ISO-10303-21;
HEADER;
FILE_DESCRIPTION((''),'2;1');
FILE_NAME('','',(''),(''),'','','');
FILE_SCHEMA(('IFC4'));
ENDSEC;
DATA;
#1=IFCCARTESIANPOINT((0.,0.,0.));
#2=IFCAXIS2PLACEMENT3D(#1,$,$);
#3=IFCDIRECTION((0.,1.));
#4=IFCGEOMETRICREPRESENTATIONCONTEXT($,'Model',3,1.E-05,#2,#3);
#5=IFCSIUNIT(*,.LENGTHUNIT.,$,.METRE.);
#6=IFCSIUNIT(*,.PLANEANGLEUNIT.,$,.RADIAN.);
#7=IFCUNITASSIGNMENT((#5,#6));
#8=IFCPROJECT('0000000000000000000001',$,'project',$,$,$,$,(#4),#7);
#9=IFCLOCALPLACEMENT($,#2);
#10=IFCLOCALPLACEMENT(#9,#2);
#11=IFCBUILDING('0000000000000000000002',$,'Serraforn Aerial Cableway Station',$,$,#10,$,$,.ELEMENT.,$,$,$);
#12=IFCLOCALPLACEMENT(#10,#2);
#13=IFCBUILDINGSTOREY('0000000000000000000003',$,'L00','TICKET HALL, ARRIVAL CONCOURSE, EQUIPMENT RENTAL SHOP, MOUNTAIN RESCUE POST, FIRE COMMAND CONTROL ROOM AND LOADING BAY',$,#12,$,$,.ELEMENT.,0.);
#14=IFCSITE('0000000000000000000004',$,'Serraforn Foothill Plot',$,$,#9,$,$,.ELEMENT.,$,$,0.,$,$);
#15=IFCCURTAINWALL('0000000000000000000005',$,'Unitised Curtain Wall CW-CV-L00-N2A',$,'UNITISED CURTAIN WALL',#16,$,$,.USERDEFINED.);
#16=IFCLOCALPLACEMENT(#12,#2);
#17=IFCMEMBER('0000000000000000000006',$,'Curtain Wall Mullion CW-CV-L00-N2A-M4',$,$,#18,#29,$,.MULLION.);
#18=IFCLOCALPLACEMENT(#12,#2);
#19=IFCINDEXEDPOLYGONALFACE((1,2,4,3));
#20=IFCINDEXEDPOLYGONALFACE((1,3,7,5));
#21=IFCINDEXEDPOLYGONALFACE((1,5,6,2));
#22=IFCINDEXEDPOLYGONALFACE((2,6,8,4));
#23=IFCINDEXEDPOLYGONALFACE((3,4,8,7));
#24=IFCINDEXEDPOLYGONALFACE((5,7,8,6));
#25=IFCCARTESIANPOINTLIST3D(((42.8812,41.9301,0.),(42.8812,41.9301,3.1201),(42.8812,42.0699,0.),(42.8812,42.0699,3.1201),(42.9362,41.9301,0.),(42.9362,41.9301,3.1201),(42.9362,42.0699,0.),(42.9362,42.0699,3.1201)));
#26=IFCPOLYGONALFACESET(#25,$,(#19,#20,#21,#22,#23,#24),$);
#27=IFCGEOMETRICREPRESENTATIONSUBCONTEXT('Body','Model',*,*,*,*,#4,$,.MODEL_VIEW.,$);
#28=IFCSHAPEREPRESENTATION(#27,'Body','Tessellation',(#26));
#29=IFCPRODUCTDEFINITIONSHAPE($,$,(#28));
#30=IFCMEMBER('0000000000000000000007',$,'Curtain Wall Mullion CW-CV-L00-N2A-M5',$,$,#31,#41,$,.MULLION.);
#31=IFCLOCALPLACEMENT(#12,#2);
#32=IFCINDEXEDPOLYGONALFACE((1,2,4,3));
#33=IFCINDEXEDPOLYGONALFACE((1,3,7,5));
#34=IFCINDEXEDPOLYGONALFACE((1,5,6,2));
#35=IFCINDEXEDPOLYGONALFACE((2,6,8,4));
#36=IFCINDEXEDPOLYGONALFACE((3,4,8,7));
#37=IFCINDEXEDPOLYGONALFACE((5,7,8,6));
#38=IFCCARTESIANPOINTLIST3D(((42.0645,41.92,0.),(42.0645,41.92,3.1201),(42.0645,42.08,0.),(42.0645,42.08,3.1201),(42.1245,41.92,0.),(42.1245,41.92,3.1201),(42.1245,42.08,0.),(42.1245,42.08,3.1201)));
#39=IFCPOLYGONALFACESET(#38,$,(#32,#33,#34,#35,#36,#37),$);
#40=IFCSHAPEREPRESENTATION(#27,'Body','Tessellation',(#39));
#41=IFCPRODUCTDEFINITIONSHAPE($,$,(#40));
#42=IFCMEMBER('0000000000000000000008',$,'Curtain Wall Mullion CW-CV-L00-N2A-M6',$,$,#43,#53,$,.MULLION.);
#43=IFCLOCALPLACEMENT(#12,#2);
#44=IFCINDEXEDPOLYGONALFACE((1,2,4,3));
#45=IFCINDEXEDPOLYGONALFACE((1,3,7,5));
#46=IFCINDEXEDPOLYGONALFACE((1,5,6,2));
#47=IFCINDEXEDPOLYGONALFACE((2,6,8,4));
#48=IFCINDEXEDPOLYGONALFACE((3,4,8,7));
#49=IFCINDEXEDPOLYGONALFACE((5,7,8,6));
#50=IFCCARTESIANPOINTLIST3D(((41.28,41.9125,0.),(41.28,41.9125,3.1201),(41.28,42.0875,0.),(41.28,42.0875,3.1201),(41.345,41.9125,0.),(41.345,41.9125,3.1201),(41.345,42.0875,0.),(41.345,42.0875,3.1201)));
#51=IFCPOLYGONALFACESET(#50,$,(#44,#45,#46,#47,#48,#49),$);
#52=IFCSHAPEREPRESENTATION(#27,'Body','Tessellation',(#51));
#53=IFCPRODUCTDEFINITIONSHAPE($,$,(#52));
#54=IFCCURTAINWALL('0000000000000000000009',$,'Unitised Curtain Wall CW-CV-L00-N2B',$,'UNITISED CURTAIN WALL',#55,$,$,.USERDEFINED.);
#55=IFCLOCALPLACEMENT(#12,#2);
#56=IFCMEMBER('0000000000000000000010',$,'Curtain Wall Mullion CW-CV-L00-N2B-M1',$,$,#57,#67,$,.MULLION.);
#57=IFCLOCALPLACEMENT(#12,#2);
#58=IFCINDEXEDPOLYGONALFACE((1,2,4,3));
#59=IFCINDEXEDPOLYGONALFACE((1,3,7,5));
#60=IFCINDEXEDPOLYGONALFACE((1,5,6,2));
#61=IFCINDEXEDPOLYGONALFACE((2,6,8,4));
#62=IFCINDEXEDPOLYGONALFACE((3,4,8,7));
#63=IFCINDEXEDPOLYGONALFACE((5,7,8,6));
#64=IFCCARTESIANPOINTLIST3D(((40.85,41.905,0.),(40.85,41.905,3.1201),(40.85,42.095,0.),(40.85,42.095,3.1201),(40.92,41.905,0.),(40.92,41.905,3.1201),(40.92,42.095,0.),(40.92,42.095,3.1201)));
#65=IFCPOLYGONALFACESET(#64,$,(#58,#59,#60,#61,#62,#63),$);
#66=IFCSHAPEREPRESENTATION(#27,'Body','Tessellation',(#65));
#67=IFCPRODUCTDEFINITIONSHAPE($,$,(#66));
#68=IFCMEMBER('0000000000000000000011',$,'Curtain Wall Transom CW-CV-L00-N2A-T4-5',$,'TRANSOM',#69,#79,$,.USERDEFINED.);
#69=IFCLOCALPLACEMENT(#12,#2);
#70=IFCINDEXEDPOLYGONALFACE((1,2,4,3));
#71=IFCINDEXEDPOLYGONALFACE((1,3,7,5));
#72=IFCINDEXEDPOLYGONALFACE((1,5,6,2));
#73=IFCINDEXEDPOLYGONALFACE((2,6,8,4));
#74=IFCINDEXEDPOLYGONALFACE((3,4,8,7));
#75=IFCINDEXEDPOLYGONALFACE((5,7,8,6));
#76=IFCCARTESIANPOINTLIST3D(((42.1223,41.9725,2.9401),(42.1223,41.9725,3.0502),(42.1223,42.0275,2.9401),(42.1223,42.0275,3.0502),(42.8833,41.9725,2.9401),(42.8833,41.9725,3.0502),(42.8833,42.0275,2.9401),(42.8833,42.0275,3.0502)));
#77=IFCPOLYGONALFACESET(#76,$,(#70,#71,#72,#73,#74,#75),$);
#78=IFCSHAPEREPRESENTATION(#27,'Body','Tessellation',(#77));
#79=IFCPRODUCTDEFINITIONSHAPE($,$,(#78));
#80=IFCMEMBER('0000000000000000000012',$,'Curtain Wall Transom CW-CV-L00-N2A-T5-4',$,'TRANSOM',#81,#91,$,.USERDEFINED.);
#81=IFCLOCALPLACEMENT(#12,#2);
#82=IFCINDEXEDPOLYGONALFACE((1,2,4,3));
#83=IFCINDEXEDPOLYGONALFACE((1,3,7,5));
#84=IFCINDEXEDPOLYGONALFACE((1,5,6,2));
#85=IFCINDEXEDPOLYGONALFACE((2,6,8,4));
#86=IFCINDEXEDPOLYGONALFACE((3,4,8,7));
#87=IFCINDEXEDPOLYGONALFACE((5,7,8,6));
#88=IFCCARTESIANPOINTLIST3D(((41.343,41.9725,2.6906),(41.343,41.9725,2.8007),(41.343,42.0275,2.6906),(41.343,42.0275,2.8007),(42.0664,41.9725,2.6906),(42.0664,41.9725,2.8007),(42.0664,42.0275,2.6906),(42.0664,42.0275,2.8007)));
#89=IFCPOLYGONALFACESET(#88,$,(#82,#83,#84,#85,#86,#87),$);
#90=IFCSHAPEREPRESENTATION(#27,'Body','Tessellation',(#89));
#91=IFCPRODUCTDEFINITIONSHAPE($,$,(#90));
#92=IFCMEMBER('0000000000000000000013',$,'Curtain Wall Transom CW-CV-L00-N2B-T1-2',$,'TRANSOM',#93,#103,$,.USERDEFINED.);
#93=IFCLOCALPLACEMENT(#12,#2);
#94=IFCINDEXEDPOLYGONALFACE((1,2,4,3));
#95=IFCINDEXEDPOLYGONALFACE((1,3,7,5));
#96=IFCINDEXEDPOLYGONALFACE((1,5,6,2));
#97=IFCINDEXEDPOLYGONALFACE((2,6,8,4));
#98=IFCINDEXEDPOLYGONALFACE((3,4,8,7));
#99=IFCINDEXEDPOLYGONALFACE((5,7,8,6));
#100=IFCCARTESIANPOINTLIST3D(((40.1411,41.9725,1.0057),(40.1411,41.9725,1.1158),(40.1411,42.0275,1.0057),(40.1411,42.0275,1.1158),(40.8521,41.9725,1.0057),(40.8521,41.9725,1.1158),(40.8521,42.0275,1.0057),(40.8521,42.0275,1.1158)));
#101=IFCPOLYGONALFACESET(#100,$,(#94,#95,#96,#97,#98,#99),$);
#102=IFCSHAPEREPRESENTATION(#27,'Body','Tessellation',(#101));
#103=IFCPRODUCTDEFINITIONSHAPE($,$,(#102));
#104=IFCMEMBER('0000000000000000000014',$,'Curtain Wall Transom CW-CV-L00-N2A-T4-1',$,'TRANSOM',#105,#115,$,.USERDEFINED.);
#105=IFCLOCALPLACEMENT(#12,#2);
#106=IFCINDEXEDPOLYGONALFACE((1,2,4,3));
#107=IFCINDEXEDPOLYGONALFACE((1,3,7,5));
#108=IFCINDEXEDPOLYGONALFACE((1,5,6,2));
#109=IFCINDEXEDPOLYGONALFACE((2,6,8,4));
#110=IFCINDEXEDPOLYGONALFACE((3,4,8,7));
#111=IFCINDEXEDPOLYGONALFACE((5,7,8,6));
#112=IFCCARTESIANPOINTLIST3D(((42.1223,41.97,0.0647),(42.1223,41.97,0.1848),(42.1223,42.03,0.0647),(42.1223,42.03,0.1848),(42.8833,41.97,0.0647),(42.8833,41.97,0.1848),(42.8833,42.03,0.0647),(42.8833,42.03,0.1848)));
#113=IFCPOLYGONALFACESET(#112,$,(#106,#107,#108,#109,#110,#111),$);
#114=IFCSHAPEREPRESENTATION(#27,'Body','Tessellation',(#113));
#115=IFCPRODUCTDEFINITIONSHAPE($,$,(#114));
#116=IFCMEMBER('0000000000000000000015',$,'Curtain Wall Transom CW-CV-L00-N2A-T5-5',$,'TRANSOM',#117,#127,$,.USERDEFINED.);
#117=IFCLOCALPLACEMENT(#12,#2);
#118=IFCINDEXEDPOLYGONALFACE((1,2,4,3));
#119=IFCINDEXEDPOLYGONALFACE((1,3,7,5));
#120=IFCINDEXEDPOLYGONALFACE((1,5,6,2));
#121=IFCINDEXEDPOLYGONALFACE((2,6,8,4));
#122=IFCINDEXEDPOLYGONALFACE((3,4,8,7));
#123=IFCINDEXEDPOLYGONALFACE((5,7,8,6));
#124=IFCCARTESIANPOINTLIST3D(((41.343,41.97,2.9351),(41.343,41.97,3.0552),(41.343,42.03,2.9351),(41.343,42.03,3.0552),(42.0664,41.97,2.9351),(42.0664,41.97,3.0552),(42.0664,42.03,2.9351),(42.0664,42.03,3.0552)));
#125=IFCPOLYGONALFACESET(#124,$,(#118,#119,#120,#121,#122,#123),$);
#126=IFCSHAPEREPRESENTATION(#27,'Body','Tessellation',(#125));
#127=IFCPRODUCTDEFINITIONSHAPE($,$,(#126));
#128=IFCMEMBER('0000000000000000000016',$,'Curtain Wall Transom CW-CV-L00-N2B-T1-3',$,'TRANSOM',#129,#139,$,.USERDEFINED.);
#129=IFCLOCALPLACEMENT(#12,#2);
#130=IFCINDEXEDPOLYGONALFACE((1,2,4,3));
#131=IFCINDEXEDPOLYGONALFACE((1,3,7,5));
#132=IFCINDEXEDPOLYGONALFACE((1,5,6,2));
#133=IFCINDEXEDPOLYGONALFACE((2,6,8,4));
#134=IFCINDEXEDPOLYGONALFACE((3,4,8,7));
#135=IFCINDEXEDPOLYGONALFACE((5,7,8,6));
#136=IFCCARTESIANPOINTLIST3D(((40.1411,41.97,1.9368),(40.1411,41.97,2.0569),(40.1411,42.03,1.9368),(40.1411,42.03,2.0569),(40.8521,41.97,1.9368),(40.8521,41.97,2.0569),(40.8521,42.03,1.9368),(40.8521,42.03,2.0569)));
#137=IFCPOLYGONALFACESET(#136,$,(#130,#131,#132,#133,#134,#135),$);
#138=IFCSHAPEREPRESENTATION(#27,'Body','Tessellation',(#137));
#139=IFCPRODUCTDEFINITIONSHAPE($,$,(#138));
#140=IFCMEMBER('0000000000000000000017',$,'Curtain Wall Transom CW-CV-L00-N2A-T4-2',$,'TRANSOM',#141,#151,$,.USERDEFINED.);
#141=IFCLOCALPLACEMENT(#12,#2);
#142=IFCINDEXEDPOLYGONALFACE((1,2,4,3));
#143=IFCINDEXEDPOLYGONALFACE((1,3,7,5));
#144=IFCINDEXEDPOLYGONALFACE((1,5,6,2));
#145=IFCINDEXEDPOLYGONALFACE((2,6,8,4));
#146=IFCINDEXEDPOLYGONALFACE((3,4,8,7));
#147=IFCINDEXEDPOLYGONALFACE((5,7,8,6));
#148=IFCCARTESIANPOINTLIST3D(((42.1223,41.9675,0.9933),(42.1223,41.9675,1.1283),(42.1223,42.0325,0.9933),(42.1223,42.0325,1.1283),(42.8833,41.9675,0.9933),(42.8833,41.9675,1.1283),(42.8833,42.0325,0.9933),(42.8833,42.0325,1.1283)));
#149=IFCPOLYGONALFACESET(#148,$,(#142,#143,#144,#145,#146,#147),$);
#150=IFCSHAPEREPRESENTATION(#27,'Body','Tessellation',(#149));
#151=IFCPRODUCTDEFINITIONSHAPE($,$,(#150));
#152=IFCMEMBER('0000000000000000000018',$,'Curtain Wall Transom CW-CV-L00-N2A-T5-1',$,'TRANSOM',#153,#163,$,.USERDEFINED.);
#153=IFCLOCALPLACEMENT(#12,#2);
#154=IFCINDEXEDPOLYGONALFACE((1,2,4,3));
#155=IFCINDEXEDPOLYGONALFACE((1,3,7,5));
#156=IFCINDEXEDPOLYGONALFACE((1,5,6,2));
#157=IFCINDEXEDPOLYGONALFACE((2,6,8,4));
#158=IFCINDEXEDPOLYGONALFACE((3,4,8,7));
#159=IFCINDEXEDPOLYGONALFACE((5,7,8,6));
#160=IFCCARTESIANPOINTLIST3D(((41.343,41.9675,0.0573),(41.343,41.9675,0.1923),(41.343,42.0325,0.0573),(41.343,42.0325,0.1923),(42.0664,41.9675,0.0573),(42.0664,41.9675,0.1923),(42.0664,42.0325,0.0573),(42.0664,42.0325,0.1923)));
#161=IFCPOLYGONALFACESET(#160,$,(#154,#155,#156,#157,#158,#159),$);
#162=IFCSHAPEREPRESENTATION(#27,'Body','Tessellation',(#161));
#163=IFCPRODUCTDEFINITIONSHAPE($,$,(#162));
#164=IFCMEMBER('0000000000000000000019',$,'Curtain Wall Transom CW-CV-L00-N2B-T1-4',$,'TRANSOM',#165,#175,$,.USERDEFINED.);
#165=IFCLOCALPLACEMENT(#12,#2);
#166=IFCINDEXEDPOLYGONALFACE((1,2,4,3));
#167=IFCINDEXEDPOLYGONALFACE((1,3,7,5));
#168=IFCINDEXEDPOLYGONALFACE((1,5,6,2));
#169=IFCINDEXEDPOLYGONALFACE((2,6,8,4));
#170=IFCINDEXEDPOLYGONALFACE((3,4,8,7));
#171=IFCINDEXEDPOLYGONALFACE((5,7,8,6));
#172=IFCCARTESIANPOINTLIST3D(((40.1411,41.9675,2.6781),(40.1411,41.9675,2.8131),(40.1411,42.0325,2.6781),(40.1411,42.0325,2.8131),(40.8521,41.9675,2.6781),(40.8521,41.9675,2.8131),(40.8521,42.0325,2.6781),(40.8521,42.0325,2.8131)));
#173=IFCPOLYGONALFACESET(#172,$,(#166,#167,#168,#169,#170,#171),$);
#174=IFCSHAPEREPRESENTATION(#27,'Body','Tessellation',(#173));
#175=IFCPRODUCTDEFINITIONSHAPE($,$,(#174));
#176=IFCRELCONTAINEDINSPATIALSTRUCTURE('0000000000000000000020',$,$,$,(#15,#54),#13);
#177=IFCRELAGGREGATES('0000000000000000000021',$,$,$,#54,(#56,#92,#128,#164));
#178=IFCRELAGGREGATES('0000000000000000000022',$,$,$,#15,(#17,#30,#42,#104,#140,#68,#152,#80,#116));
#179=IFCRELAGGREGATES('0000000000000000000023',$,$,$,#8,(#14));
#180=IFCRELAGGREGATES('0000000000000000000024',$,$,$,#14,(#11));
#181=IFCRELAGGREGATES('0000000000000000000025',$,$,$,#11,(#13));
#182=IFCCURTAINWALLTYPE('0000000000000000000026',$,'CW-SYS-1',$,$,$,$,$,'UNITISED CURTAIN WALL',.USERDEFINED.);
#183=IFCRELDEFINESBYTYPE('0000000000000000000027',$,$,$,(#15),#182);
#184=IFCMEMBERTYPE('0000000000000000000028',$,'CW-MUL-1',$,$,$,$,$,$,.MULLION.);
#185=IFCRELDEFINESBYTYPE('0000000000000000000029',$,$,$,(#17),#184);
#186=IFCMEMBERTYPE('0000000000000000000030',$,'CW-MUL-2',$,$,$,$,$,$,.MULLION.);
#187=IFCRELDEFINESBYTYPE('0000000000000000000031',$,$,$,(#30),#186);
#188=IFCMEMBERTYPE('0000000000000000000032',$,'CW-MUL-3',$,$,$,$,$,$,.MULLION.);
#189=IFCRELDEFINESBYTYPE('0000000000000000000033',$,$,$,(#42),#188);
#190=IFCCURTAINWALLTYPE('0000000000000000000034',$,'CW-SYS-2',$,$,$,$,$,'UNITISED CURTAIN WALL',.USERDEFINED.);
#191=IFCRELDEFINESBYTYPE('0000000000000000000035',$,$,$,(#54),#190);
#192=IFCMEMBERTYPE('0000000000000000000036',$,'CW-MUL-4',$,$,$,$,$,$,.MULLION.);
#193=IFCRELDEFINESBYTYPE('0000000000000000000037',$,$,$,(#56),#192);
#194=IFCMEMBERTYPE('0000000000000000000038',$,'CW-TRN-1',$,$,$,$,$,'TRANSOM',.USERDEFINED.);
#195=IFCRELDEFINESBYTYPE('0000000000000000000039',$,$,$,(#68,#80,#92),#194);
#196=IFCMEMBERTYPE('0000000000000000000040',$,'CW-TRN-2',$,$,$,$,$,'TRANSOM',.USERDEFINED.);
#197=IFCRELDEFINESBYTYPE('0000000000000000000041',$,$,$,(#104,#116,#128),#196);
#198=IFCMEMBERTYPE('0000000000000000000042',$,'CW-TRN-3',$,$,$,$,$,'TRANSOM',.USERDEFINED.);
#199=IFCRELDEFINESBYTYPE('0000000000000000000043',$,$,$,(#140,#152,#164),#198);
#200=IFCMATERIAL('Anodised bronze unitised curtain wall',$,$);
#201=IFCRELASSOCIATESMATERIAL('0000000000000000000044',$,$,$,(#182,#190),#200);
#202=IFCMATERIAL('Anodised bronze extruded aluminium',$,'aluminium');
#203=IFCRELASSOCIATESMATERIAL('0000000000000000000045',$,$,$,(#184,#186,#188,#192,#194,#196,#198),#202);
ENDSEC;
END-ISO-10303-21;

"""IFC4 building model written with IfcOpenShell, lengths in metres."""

from ifc_helpers import new_model, si_unit, direction, frame, origin, origin_2d, place, context, subcontext, project, spatial, rectangle, extrude, material, material_profile, profile_set, type_object, element, aggregate, save


model = new_model("IFC4")

# Units and contexts
model_context = context("Model", 3, precision=1e-05, world=origin(), true_north=direction((0.0, 1.0)))
body_context = subcontext(model_context, "Body", "Model", "MODEL_VIEW")
ifc_project = project(units=[si_unit("LENGTHUNIT", "METRE"), si_unit("PLANEANGLEUNIT", "RADIAN")], contexts=[model_context])

# Site, building, storey
site_placement = place(None, origin())
site = spatial("IfcSite", under=ifc_project, at=site_placement, Name="Serraforn Foothill Plot", CompositionType="ELEMENT", RefElevation=0.0)
building_placement = place(site_placement, origin())
building = spatial("IfcBuilding", under=site, at=building_placement, Name="Serraforn Aerial Cableway Station", CompositionType="ELEMENT")
storey_placement = place(building_placement, origin())
storey = spatial("IfcBuildingStorey", under=building, at=storey_placement, Name="L00", Description="TICKET HALL, ARRIVAL CONCOURSE, EQUIPMENT RENTAL SHOP, MOUNTAIN RESCUE POST, FIRE COMMAND CONTROL ROOM AND LOADING BAY", CompositionType="ELEMENT", Elevation=0.0)

# Curtain wall, members
ifc_material_1 = material(Name="Anodised bronze unitised curtain wall")
curtain_wall_type_1 = type_object("IfcCurtainWallType", Name="CW-SYS-1", ElementType="UNITISED CURTAIN WALL", PredefinedType="USERDEFINED", material=ifc_material_1)
curtain_wall_1_placement = place(storey_placement, origin())
curtain_wall_1 = element("IfcCurtainWall", 1, at=curtain_wall_1_placement, inside=storey, type_object=curtain_wall_type_1, Name="Unitised Curtain Wall CW-CV-L00-N2A", ObjectType="UNITISED CURTAIN WALL", PredefinedType="USERDEFINED")
ifc_material_2 = material(Name="Anodised bronze extruded aluminium", Category="aluminium")
ifc_material_profile_1 = material_profile(ifc_material_2, rectangle(XDim=0.0549, YDim=0.1399, at=origin_2d()), Name="CW MULLION 55x140")
ifc_profile_set_1 = profile_set([ifc_material_profile_1], Name="Anodised bronze extruded aluminium")
member_type_1 = type_object("IfcMemberType", Name="CW-MUL-1", PredefinedType="MULLION", material=ifc_profile_set_1)
member_1_placement = place(storey_placement, frame((42.9087, 42.0, 0.0), z_axis=(0.0, 0.0, 1.0), x_axis=(-1.0, 0.0, 0.0)))
member_1 = element("IfcMember", 2, at=member_1_placement, type_object=member_type_1, Name="Curtain Wall Mullion CW-CV-L00-N2A-M4", PredefinedType="MULLION", context=body_context, shape_type="SweptSolid", body=[
    extrude(rectangle(XDim=0.0549, YDim=0.1399, at=origin_2d()), origin(), (0.0, 0.0, 1.0), 3.1201),
])
ifc_material_profile_2 = material_profile(ifc_material_2, rectangle(XDim=0.0601, YDim=0.1599, at=origin_2d()), Name="CW MULLION 60x160")
ifc_profile_set_2 = profile_set([ifc_material_profile_2], Name="Anodised bronze extruded aluminium")
member_type_2 = type_object("IfcMemberType", Name="CW-MUL-2", PredefinedType="MULLION", material=ifc_profile_set_2)
member_2_placement = place(storey_placement, frame((42.0945, 42.0, 0.0), z_axis=(0.0, 0.0, 1.0), x_axis=(-1.0, 0.0, 0.0)))
member_2 = element("IfcMember", 3, at=member_2_placement, type_object=member_type_2, Name="Curtain Wall Mullion CW-CV-L00-N2A-M5", PredefinedType="MULLION", context=body_context, shape_type="SweptSolid", body=[
    extrude(rectangle(XDim=0.0601, YDim=0.1599, at=origin_2d()), origin(), (0.0, 0.0, 1.0), 3.1201),
])
ifc_material_profile_3 = material_profile(ifc_material_2, rectangle(XDim=0.0649, YDim=0.175, at=origin_2d()), Name="CW MULLION 65x175")
ifc_profile_set_3 = profile_set([ifc_material_profile_3], Name="Anodised bronze extruded aluminium")
member_type_3 = type_object("IfcMemberType", Name="CW-MUL-3", PredefinedType="MULLION", material=ifc_profile_set_3)
member_3_placement = place(storey_placement, frame((41.3125, 42.0, 0.0), z_axis=(0.0, 0.0, 1.0), x_axis=(-1.0, 0.0, 0.0)))
member_3 = element("IfcMember", 4, at=member_3_placement, type_object=member_type_3, Name="Curtain Wall Mullion CW-CV-L00-N2A-M6", PredefinedType="MULLION", context=body_context, shape_type="SweptSolid", body=[
    extrude(rectangle(XDim=0.0649, YDim=0.175, at=origin_2d()), origin(), (0.0, 0.0, 1.0), 3.1201),
])

# Curtain wall, member
curtain_wall_type_2 = type_object("IfcCurtainWallType", Name="CW-SYS-2", ElementType="UNITISED CURTAIN WALL", PredefinedType="USERDEFINED", material=ifc_material_1)
curtain_wall_2_placement = place(storey_placement, origin())
curtain_wall_2 = element("IfcCurtainWall", 5, at=curtain_wall_2_placement, inside=storey, type_object=curtain_wall_type_2, Name="Unitised Curtain Wall CW-CV-L00-N2B", ObjectType="UNITISED CURTAIN WALL", PredefinedType="USERDEFINED")
ifc_material_profile_4 = material_profile(ifc_material_2, rectangle(XDim=0.0701, YDim=0.1899, at=origin_2d()), Name="CW MULLION 70x190")
ifc_profile_set_4 = profile_set([ifc_material_profile_4], Name="Anodised bronze extruded aluminium")
member_type_4 = type_object("IfcMemberType", Name="CW-MUL-4", PredefinedType="MULLION", material=ifc_profile_set_4)
member_4_placement = place(storey_placement, frame((40.885, 42.0, 0.0), z_axis=(0.0, 0.0, 1.0), x_axis=(-1.0, 0.0, 0.0)))
member_4 = element("IfcMember", 6, at=member_4_placement, type_object=member_type_4, Name="Curtain Wall Mullion CW-CV-L00-N2B-M1", PredefinedType="MULLION", context=body_context, shape_type="SweptSolid", body=[
    extrude(rectangle(XDim=0.0701, YDim=0.1899, at=origin_2d()), origin(), (0.0, 0.0, 1.0), 3.1201),
])

# Members
ifc_material_profile_5 = material_profile(ifc_material_2, rectangle(XDim=0.0549, YDim=0.1101, at=origin_2d()), Name="CW TRANSOM 55x110")
ifc_profile_set_5 = profile_set([ifc_material_profile_5], Name="Anodised bronze extruded aluminium")
member_type_5 = type_object("IfcMemberType", Name="CW-TRN-1", ElementType="TRANSOM", PredefinedType="USERDEFINED", material=ifc_profile_set_5)
member_5_placement = place(storey_placement, frame((42.8833, 42.0, 2.9951), z_axis=(-1.0, 0.0, 0.0), x_axis=(0.0, -1.0, 0.0)))
member_5 = element("IfcMember", 7, at=member_5_placement, type_object=member_type_5, Name="Curtain Wall Transom CW-CV-L00-N2A-T4-5", ObjectType="TRANSOM", PredefinedType="USERDEFINED", context=body_context, shape_type="SweptSolid", body=[
    extrude(rectangle(XDim=0.0549, YDim=0.1101, at=origin_2d()), origin(), (0.0, 0.0, 1.0), 0.761),
])
member_6_placement = place(storey_placement, frame((42.0664, 42.0, 2.7456), z_axis=(-1.0, 0.0, 0.0), x_axis=(0.0, -1.0, 0.0)))
member_6 = element("IfcMember", 8, at=member_6_placement, type_object=member_type_5, Name="Curtain Wall Transom CW-CV-L00-N2A-T5-4", ObjectType="TRANSOM", PredefinedType="USERDEFINED", context=body_context, shape_type="SweptSolid", body=[
    extrude(rectangle(XDim=0.0549, YDim=0.1101, at=origin_2d()), origin(), (0.0, 0.0, 1.0), 0.7234),
])
member_7_placement = place(storey_placement, frame((40.8521, 42.0, 1.0608), z_axis=(-1.0, 0.0, 0.0), x_axis=(0.0, -1.0, 0.0)))
member_7 = element("IfcMember", 9, at=member_7_placement, type_object=member_type_5, Name="Curtain Wall Transom CW-CV-L00-N2B-T1-2", ObjectType="TRANSOM", PredefinedType="USERDEFINED", context=body_context, shape_type="SweptSolid", body=[
    extrude(rectangle(XDim=0.0549, YDim=0.1101, at=origin_2d()), origin(), (0.0, 0.0, 1.0), 0.7109),
])
ifc_material_profile_6 = material_profile(ifc_material_2, rectangle(XDim=0.0601, YDim=0.1201, at=origin_2d()), Name="CW TRANSOM 60x120")
ifc_profile_set_6 = profile_set([ifc_material_profile_6], Name="Anodised bronze extruded aluminium")
member_type_6 = type_object("IfcMemberType", Name="CW-TRN-2", ElementType="TRANSOM", PredefinedType="USERDEFINED", material=ifc_profile_set_6)
member_8_placement = place(storey_placement, frame((42.8833, 42.0, 0.1248), z_axis=(-1.0, 0.0, 0.0), x_axis=(0.0, -1.0, 0.0)))
member_8 = element("IfcMember", 10, at=member_8_placement, type_object=member_type_6, Name="Curtain Wall Transom CW-CV-L00-N2A-T4-1", ObjectType="TRANSOM", PredefinedType="USERDEFINED", context=body_context, shape_type="SweptSolid", body=[
    extrude(rectangle(XDim=0.0601, YDim=0.1201, at=origin_2d()), origin(), (0.0, 0.0, 1.0), 0.761),
])
member_9_placement = place(storey_placement, frame((42.0664, 42.0, 2.9951), z_axis=(-1.0, 0.0, 0.0), x_axis=(0.0, -1.0, 0.0)))
member_9 = element("IfcMember", 11, at=member_9_placement, type_object=member_type_6, Name="Curtain Wall Transom CW-CV-L00-N2A-T5-5", ObjectType="TRANSOM", PredefinedType="USERDEFINED", context=body_context, shape_type="SweptSolid", body=[
    extrude(rectangle(XDim=0.0601, YDim=0.1201, at=origin_2d()), origin(), (0.0, 0.0, 1.0), 0.7234),
])
member_10_placement = place(storey_placement, frame((40.8521, 42.0, 1.9968), z_axis=(-1.0, 0.0, 0.0), x_axis=(0.0, -1.0, 0.0)))
member_10 = element("IfcMember", 12, at=member_10_placement, type_object=member_type_6, Name="Curtain Wall Transom CW-CV-L00-N2B-T1-3", ObjectType="TRANSOM", PredefinedType="USERDEFINED", context=body_context, shape_type="SweptSolid", body=[
    extrude(rectangle(XDim=0.0601, YDim=0.1201, at=origin_2d()), origin(), (0.0, 0.0, 1.0), 0.7109),
])
ifc_material_profile_7 = material_profile(ifc_material_2, rectangle(XDim=0.0649, YDim=0.135, at=origin_2d()), Name="CW TRANSOM 65x135")
ifc_profile_set_7 = profile_set([ifc_material_profile_7], Name="Anodised bronze extruded aluminium")
member_type_7 = type_object("IfcMemberType", Name="CW-TRN-3", ElementType="TRANSOM", PredefinedType="USERDEFINED", material=ifc_profile_set_7)
member_11_placement = place(storey_placement, frame((42.8833, 42.0, 1.0608), z_axis=(-1.0, 0.0, 0.0), x_axis=(0.0, -1.0, 0.0)))
member_11 = element("IfcMember", 13, at=member_11_placement, type_object=member_type_7, Name="Curtain Wall Transom CW-CV-L00-N2A-T4-2", ObjectType="TRANSOM", PredefinedType="USERDEFINED", context=body_context, shape_type="SweptSolid", body=[
    extrude(rectangle(XDim=0.0649, YDim=0.135, at=origin_2d()), origin(), (0.0, 0.0, 1.0), 0.761),
])
member_12_placement = place(storey_placement, frame((42.0664, 42.0, 0.1248), z_axis=(-1.0, 0.0, 0.0), x_axis=(0.0, -1.0, 0.0)))
member_12 = element("IfcMember", 14, at=member_12_placement, type_object=member_type_7, Name="Curtain Wall Transom CW-CV-L00-N2A-T5-1", ObjectType="TRANSOM", PredefinedType="USERDEFINED", context=body_context, shape_type="SweptSolid", body=[
    extrude(rectangle(XDim=0.0649, YDim=0.135, at=origin_2d()), origin(), (0.0, 0.0, 1.0), 0.7234),
])
member_13_placement = place(storey_placement, frame((40.8521, 42.0, 2.7456), z_axis=(-1.0, 0.0, 0.0), x_axis=(0.0, -1.0, 0.0)))
member_13 = element("IfcMember", 15, at=member_13_placement, type_object=member_type_7, Name="Curtain Wall Transom CW-CV-L00-N2B-T1-4", ObjectType="TRANSOM", PredefinedType="USERDEFINED", context=body_context, shape_type="SweptSolid", body=[
    extrude(rectangle(XDim=0.0649, YDim=0.135, at=origin_2d()), origin(), (0.0, 0.0, 1.0), 0.7109),
])
aggregate(curtain_wall_2, [member_4, member_7, member_10, member_13])

aggregate(curtain_wall_1, [member_1, member_2, member_3, member_8, member_11, member_5, member_12, member_6, member_9])

save(model, "model.ifc")
